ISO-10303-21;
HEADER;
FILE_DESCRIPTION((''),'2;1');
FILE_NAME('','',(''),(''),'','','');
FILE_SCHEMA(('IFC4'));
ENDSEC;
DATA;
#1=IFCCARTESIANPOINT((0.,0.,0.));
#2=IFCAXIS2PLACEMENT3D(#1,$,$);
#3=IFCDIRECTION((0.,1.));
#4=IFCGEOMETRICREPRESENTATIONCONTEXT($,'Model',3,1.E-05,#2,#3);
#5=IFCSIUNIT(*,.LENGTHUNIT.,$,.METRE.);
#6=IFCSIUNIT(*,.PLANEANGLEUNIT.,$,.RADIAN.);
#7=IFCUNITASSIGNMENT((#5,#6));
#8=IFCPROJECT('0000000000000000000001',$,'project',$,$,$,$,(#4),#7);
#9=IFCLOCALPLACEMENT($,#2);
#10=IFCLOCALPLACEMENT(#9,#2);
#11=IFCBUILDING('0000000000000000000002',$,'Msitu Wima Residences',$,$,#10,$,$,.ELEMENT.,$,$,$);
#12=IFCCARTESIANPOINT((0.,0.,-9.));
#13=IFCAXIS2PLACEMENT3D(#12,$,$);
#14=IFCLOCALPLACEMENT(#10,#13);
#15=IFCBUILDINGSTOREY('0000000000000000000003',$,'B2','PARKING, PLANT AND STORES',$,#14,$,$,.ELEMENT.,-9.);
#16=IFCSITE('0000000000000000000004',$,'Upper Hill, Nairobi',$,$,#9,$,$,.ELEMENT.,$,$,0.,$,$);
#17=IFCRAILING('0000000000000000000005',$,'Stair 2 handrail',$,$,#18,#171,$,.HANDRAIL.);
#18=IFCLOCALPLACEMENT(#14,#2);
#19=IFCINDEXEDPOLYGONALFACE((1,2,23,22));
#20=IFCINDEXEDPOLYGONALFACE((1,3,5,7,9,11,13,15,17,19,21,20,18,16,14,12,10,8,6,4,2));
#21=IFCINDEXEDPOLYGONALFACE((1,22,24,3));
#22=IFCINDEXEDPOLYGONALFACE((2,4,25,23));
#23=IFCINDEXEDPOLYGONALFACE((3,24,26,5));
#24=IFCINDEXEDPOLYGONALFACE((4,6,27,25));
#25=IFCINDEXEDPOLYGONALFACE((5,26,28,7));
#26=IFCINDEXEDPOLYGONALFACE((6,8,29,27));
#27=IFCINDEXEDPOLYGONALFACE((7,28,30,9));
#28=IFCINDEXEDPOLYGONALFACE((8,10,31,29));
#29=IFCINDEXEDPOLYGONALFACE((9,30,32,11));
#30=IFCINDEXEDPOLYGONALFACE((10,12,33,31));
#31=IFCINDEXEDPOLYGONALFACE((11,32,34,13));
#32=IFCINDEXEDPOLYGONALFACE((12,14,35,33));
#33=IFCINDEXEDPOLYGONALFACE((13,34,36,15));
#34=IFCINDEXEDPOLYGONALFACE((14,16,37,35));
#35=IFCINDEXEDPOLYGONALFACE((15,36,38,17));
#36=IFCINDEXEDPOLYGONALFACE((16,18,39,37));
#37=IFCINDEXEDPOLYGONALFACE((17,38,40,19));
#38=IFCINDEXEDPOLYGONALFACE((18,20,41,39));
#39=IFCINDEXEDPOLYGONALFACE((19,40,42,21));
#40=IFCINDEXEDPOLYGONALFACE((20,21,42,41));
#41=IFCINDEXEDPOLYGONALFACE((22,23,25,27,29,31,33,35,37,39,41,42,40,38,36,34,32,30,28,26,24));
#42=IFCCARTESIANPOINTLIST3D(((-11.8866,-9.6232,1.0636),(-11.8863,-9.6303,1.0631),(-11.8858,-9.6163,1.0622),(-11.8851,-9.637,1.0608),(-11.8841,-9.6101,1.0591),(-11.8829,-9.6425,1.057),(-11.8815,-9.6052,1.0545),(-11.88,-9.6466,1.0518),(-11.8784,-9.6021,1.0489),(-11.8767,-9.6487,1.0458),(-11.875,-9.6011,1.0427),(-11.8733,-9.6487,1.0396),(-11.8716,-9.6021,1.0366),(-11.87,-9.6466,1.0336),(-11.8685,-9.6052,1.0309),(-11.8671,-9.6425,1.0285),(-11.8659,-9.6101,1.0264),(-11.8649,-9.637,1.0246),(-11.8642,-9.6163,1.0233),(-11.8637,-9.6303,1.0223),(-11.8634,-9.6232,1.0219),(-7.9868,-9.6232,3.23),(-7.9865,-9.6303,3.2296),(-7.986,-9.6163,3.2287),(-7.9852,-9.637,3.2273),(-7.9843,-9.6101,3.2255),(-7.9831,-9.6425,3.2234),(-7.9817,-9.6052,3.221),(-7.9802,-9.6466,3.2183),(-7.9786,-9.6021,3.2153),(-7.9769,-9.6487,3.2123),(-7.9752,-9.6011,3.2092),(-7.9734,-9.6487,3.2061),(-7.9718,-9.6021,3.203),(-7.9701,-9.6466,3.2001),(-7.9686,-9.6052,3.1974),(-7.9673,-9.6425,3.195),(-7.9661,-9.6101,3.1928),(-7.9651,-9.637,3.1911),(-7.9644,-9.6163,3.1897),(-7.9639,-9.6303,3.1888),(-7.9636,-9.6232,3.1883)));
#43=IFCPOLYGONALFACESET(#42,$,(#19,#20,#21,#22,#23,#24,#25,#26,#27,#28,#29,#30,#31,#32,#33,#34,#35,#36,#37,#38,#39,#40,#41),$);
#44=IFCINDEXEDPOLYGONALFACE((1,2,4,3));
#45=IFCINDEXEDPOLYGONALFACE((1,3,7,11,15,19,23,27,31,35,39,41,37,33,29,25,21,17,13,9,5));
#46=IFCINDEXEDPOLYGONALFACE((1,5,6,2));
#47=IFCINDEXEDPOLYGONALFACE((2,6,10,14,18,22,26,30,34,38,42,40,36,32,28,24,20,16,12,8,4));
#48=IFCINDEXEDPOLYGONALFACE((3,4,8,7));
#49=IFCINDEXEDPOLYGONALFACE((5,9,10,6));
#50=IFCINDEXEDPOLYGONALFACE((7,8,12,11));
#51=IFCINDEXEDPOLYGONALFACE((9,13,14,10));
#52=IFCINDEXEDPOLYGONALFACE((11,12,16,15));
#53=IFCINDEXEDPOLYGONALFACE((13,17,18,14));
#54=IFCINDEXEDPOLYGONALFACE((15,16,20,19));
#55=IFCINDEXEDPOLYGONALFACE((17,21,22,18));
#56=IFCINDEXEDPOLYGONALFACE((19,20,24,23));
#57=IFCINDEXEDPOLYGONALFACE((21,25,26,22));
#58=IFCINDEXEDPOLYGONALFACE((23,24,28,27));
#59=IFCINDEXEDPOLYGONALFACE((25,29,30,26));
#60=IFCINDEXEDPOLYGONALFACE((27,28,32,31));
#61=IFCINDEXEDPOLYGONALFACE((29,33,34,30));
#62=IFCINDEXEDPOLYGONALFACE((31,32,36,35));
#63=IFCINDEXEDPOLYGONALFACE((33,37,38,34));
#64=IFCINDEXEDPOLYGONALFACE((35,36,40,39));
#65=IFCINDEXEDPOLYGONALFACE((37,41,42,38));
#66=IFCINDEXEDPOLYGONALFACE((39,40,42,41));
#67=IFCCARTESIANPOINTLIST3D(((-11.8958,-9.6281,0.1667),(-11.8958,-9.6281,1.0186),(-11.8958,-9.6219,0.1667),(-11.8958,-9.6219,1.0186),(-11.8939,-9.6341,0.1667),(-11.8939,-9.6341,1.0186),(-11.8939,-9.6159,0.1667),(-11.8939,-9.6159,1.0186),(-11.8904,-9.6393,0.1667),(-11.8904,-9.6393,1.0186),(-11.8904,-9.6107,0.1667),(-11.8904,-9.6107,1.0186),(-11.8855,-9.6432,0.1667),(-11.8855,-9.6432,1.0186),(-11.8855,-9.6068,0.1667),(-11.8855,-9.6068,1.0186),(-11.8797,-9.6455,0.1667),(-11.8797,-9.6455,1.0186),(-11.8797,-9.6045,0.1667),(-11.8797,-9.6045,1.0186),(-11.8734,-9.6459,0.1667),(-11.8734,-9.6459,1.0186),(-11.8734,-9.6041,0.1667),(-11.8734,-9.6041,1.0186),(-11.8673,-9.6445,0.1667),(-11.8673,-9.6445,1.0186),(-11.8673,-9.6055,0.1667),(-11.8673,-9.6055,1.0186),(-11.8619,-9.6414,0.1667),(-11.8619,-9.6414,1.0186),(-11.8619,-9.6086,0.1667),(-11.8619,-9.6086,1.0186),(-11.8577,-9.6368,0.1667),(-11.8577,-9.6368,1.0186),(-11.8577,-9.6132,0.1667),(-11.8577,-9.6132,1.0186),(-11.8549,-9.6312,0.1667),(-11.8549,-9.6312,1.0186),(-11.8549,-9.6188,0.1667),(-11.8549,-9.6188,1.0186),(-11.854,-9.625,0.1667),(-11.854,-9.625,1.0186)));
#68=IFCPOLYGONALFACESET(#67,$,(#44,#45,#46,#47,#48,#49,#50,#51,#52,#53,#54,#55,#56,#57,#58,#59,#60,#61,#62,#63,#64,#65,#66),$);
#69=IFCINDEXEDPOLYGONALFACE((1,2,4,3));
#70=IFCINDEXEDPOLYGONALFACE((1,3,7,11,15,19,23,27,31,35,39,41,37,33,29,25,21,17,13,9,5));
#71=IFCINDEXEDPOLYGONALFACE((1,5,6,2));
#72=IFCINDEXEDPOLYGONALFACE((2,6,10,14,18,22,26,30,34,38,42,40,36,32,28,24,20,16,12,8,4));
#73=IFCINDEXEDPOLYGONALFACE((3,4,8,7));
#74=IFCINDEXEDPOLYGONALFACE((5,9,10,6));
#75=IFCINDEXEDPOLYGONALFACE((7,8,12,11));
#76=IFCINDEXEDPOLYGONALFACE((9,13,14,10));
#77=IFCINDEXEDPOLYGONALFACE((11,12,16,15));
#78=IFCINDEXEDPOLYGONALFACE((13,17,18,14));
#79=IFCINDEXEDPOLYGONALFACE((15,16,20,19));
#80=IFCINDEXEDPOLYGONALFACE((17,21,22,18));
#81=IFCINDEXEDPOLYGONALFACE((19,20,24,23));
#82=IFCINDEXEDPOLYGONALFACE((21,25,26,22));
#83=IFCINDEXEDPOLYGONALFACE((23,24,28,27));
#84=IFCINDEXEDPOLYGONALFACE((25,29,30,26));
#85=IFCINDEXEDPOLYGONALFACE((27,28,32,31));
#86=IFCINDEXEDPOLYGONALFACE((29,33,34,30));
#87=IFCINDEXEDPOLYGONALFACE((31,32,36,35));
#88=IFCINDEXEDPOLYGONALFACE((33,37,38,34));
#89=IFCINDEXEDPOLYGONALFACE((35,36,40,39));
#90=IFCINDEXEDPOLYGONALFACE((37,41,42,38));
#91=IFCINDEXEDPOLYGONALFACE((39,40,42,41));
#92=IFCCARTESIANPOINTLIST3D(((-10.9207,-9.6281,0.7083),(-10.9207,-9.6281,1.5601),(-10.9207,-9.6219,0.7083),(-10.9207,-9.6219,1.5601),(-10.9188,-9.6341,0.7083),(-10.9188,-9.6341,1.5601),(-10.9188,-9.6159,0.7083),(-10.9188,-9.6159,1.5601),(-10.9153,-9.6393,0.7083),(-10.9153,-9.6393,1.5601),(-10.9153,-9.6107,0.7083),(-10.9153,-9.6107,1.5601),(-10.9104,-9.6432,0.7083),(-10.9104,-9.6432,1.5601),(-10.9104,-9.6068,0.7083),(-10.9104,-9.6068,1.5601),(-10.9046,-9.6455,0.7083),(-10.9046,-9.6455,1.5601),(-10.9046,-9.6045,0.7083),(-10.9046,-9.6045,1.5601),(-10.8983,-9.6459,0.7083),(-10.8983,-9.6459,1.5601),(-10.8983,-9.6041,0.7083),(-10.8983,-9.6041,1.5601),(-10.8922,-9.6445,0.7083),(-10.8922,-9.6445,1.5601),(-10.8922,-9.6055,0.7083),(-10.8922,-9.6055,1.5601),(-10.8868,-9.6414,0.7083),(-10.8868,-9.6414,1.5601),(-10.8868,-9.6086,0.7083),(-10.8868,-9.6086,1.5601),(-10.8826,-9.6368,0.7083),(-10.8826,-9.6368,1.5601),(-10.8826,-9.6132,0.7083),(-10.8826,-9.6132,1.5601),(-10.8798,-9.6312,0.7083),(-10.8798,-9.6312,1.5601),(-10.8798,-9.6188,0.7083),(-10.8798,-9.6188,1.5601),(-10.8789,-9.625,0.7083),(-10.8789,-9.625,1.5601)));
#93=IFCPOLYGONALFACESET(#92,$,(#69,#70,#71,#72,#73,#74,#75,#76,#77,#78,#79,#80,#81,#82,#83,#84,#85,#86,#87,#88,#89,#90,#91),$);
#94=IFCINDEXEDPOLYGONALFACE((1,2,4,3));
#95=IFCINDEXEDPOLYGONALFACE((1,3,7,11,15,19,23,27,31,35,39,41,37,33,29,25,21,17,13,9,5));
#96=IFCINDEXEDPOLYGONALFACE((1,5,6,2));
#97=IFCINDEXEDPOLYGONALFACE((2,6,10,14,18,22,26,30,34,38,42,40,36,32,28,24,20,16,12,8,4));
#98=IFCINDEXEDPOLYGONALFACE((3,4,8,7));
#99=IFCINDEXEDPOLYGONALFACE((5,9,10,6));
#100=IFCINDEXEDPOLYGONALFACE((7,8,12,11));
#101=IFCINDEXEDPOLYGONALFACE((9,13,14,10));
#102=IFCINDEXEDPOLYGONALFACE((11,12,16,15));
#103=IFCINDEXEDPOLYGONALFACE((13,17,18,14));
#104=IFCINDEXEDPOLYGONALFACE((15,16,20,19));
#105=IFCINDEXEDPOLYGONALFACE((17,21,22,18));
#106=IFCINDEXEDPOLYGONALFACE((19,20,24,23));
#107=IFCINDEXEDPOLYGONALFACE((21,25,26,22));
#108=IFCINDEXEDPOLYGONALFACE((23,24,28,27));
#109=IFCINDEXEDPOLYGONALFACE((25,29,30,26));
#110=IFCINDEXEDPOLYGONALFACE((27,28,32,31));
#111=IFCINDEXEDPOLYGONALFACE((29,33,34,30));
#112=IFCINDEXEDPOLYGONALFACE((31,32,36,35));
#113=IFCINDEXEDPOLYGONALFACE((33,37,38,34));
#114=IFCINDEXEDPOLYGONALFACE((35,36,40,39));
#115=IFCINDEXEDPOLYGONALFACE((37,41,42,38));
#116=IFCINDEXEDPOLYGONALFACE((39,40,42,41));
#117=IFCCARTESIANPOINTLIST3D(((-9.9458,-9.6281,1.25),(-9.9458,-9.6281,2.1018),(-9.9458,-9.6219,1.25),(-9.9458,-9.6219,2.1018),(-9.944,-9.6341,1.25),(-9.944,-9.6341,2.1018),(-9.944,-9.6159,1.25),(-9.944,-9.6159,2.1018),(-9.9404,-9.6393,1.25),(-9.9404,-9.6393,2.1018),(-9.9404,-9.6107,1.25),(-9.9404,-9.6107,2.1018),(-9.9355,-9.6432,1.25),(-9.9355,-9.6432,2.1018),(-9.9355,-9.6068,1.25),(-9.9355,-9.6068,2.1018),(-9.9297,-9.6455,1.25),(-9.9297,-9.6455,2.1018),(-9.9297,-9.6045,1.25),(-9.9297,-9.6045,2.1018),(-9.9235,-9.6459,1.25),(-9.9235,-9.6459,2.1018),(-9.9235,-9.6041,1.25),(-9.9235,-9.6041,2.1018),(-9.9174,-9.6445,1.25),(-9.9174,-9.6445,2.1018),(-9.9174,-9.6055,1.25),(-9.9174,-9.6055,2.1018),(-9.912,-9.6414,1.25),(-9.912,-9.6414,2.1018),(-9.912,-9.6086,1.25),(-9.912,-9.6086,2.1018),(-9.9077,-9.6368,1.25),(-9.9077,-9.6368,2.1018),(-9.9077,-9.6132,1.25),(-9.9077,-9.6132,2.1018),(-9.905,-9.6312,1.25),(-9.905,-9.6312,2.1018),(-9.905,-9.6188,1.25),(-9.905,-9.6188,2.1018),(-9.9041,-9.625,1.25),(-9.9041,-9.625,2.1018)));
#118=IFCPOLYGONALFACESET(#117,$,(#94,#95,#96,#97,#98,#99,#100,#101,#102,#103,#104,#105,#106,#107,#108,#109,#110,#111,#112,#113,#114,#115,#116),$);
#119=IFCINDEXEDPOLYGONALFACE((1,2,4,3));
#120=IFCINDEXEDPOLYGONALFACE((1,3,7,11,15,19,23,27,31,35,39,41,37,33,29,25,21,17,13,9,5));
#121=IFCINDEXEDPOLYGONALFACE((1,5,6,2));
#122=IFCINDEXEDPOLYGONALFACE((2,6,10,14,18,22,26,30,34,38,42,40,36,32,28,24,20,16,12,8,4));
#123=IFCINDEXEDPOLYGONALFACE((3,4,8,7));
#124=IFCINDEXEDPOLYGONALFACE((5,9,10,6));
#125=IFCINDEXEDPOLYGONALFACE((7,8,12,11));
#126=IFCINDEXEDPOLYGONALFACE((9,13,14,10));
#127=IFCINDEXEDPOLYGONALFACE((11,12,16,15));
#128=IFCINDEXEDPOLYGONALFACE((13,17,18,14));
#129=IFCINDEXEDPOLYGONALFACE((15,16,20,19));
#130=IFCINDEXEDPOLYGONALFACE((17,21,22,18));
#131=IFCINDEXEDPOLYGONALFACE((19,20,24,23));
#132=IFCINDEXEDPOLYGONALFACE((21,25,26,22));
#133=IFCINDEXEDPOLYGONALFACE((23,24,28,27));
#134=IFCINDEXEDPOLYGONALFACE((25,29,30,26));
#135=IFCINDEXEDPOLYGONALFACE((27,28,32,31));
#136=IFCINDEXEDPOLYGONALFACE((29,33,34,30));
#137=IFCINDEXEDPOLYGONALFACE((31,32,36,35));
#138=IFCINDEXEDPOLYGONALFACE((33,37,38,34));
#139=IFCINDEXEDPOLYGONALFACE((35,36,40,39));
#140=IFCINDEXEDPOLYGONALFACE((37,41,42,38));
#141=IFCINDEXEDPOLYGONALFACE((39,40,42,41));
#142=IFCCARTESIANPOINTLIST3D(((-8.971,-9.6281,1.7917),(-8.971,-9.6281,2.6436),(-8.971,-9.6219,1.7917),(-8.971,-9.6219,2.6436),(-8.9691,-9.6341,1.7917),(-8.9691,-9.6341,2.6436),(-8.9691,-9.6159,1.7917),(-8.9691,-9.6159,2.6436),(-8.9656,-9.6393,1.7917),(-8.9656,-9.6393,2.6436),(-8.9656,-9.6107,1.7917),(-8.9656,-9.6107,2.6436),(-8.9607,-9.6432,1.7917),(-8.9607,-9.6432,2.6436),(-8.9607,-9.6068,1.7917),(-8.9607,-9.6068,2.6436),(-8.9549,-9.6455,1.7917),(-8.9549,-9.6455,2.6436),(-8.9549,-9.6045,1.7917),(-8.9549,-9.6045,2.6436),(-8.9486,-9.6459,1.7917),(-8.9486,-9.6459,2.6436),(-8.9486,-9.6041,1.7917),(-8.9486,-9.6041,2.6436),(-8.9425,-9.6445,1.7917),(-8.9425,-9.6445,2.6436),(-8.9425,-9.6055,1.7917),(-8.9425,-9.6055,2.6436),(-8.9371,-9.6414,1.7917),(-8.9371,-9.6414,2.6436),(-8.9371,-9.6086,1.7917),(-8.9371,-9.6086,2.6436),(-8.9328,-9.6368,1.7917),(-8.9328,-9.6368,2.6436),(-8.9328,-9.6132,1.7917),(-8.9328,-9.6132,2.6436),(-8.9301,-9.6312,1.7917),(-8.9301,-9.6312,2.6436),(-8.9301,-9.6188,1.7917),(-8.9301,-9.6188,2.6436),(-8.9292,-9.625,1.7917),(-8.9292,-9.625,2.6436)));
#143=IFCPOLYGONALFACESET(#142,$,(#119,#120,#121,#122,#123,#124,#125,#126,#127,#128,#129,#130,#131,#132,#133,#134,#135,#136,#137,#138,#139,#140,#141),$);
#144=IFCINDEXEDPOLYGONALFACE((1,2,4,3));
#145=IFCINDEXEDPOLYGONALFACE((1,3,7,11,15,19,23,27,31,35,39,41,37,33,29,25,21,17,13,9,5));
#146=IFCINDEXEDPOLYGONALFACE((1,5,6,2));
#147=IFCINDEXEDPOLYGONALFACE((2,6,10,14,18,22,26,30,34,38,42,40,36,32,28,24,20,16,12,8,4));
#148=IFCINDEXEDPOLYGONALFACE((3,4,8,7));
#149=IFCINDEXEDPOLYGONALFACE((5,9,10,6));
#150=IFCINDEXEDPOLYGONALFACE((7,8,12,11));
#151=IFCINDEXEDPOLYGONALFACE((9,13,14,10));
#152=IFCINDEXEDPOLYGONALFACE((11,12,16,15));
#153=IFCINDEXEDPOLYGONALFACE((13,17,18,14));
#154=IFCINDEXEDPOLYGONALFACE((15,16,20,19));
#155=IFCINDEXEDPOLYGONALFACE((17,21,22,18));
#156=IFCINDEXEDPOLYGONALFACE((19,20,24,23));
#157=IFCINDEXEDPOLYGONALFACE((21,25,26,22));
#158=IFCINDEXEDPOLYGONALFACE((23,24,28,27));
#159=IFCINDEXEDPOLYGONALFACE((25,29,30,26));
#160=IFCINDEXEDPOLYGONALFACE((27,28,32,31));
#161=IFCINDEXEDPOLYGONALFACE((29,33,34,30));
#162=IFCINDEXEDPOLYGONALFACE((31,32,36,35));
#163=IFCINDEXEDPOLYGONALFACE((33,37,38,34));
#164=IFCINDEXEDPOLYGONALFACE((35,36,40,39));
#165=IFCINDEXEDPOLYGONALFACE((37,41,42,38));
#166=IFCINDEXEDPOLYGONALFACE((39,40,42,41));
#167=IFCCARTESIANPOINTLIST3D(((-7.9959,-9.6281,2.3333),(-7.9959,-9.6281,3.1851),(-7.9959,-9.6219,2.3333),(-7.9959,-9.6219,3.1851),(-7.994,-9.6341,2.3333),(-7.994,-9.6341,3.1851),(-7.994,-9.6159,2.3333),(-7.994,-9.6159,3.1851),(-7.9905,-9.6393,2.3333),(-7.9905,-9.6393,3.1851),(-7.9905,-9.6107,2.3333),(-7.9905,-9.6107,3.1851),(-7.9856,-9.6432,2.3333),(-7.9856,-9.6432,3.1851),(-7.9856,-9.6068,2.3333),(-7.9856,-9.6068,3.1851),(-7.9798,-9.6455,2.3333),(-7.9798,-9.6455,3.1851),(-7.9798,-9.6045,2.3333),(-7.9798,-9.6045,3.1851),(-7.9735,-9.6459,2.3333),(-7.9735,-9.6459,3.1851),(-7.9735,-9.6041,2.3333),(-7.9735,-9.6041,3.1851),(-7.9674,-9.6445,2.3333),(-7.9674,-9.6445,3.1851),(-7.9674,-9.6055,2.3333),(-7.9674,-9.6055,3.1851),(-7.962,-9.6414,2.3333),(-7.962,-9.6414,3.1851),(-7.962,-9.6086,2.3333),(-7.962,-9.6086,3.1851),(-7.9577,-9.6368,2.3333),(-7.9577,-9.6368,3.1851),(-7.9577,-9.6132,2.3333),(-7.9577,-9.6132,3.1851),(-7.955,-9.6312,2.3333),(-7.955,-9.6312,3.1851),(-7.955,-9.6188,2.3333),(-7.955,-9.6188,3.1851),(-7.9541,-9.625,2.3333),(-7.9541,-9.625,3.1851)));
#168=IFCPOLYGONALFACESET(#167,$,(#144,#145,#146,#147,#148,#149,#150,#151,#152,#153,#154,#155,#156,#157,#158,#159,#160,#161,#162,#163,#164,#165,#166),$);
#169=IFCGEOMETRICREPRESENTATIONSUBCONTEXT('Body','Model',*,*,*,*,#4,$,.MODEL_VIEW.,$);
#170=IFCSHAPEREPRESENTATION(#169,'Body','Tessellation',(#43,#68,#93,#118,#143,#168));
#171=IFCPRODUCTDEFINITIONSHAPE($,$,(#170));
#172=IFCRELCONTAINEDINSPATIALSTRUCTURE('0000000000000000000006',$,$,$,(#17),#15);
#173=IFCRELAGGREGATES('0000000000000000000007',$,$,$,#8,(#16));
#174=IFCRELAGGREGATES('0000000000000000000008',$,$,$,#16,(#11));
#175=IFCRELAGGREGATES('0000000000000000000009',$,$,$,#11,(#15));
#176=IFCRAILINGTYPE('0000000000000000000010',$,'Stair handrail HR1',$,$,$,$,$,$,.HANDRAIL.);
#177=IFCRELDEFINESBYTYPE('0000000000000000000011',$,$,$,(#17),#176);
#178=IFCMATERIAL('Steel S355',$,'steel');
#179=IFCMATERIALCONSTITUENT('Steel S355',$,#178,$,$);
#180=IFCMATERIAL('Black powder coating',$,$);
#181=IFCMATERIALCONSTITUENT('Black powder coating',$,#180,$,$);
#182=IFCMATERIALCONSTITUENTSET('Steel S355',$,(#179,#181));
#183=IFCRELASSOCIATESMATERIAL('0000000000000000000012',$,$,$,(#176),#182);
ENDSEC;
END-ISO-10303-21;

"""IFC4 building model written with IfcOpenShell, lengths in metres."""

from ifc_helpers import new_model, si_unit, direction, frame, origin, origin_2d, place, context, subcontext, project, spatial, circle, extrude, material, constituent, constituent_set, type_object, element, save


model = new_model("IFC4")

# Units and contexts
model_context = context("Model", 3, precision=1e-05, world=origin(), true_north=direction((0.0, 1.0)))
body_context = subcontext(model_context, "Body", "Model", "MODEL_VIEW")
ifc_project = project(units=[si_unit("LENGTHUNIT", "METRE"), si_unit("PLANEANGLEUNIT", "RADIAN")], contexts=[model_context])

# Site, building, storey
site_placement = place(None, origin())
site = spatial("IfcSite", under=ifc_project, at=site_placement, Name="Upper Hill, Nairobi", CompositionType="ELEMENT", RefElevation=0.0)
building_placement = place(site_placement, origin())
building = spatial("IfcBuilding", under=site, at=building_placement, Name="Msitu Wima Residences", CompositionType="ELEMENT")
storey_placement = place(building_placement, frame((0.0, 0.0, -9.0)))
storey = spatial("IfcBuildingStorey", under=building, at=storey_placement, Name="B2", Description="PARKING, PLANT AND STORES", CompositionType="ELEMENT", Elevation=-9.0)

# Railing
ifc_material_1 = material(Name="Steel S355", Category="steel")
ifc_constituent_1 = constituent(ifc_material_1, Name="Steel S355")
ifc_material_2 = material(Name="Black powder coating")
ifc_constituent_2 = constituent(ifc_material_2, Name="Black powder coating")
ifc_constituent_set = constituent_set(constituents=[ifc_constituent_1, ifc_constituent_2], Name="Steel S355")
railing_type = type_object("IfcRailingType", Name="Stair handrail HR1", PredefinedType="HANDRAIL", material=ifc_constituent_set)
for number, where, name in (
    (1, (-11.875, -9.625, 0.1667), "Stair 2 handrail"),
):
    element("IfcRailing", number, at=place(storey_placement, frame(where)), inside=storey, type_object=railing_type, Name=name, PredefinedType="HANDRAIL", context=body_context, shape_type="SweptSolid", body=[
        extrude(circle(Radius=0.0239, at=origin_2d()), frame((0.0, 0.0, 0.876), z_axis=(0.874168, 0.0, 0.485624), x_axis=(0.0, 1.0, 0.0)), (0.0, 0.0, 1.0), 4.4612),
        extrude(circle(Radius=0.021, at=origin_2d()), origin(), (0.0, 0.0, 1.0), 0.8518),
        extrude(circle(Radius=0.021, at=origin_2d()), frame((0.9751, 0.0, 0.5415)), (0.0, 0.0, 1.0), 0.8518),
        extrude(circle(Radius=0.021, at=origin_2d()), frame((1.95, 0.0, 1.0833)), (0.0, 0.0, 1.0), 0.8518),
        extrude(circle(Radius=0.021, at=origin_2d()), frame((2.9248, 0.0, 1.625)), (0.0, 0.0, 1.0), 0.8518),
        extrude(circle(Radius=0.021, at=origin_2d()), frame((3.8999, 0.0, 2.1665)), (0.0, 0.0, 1.0), 0.8518),
    ])

save(model, "model.ifc")
